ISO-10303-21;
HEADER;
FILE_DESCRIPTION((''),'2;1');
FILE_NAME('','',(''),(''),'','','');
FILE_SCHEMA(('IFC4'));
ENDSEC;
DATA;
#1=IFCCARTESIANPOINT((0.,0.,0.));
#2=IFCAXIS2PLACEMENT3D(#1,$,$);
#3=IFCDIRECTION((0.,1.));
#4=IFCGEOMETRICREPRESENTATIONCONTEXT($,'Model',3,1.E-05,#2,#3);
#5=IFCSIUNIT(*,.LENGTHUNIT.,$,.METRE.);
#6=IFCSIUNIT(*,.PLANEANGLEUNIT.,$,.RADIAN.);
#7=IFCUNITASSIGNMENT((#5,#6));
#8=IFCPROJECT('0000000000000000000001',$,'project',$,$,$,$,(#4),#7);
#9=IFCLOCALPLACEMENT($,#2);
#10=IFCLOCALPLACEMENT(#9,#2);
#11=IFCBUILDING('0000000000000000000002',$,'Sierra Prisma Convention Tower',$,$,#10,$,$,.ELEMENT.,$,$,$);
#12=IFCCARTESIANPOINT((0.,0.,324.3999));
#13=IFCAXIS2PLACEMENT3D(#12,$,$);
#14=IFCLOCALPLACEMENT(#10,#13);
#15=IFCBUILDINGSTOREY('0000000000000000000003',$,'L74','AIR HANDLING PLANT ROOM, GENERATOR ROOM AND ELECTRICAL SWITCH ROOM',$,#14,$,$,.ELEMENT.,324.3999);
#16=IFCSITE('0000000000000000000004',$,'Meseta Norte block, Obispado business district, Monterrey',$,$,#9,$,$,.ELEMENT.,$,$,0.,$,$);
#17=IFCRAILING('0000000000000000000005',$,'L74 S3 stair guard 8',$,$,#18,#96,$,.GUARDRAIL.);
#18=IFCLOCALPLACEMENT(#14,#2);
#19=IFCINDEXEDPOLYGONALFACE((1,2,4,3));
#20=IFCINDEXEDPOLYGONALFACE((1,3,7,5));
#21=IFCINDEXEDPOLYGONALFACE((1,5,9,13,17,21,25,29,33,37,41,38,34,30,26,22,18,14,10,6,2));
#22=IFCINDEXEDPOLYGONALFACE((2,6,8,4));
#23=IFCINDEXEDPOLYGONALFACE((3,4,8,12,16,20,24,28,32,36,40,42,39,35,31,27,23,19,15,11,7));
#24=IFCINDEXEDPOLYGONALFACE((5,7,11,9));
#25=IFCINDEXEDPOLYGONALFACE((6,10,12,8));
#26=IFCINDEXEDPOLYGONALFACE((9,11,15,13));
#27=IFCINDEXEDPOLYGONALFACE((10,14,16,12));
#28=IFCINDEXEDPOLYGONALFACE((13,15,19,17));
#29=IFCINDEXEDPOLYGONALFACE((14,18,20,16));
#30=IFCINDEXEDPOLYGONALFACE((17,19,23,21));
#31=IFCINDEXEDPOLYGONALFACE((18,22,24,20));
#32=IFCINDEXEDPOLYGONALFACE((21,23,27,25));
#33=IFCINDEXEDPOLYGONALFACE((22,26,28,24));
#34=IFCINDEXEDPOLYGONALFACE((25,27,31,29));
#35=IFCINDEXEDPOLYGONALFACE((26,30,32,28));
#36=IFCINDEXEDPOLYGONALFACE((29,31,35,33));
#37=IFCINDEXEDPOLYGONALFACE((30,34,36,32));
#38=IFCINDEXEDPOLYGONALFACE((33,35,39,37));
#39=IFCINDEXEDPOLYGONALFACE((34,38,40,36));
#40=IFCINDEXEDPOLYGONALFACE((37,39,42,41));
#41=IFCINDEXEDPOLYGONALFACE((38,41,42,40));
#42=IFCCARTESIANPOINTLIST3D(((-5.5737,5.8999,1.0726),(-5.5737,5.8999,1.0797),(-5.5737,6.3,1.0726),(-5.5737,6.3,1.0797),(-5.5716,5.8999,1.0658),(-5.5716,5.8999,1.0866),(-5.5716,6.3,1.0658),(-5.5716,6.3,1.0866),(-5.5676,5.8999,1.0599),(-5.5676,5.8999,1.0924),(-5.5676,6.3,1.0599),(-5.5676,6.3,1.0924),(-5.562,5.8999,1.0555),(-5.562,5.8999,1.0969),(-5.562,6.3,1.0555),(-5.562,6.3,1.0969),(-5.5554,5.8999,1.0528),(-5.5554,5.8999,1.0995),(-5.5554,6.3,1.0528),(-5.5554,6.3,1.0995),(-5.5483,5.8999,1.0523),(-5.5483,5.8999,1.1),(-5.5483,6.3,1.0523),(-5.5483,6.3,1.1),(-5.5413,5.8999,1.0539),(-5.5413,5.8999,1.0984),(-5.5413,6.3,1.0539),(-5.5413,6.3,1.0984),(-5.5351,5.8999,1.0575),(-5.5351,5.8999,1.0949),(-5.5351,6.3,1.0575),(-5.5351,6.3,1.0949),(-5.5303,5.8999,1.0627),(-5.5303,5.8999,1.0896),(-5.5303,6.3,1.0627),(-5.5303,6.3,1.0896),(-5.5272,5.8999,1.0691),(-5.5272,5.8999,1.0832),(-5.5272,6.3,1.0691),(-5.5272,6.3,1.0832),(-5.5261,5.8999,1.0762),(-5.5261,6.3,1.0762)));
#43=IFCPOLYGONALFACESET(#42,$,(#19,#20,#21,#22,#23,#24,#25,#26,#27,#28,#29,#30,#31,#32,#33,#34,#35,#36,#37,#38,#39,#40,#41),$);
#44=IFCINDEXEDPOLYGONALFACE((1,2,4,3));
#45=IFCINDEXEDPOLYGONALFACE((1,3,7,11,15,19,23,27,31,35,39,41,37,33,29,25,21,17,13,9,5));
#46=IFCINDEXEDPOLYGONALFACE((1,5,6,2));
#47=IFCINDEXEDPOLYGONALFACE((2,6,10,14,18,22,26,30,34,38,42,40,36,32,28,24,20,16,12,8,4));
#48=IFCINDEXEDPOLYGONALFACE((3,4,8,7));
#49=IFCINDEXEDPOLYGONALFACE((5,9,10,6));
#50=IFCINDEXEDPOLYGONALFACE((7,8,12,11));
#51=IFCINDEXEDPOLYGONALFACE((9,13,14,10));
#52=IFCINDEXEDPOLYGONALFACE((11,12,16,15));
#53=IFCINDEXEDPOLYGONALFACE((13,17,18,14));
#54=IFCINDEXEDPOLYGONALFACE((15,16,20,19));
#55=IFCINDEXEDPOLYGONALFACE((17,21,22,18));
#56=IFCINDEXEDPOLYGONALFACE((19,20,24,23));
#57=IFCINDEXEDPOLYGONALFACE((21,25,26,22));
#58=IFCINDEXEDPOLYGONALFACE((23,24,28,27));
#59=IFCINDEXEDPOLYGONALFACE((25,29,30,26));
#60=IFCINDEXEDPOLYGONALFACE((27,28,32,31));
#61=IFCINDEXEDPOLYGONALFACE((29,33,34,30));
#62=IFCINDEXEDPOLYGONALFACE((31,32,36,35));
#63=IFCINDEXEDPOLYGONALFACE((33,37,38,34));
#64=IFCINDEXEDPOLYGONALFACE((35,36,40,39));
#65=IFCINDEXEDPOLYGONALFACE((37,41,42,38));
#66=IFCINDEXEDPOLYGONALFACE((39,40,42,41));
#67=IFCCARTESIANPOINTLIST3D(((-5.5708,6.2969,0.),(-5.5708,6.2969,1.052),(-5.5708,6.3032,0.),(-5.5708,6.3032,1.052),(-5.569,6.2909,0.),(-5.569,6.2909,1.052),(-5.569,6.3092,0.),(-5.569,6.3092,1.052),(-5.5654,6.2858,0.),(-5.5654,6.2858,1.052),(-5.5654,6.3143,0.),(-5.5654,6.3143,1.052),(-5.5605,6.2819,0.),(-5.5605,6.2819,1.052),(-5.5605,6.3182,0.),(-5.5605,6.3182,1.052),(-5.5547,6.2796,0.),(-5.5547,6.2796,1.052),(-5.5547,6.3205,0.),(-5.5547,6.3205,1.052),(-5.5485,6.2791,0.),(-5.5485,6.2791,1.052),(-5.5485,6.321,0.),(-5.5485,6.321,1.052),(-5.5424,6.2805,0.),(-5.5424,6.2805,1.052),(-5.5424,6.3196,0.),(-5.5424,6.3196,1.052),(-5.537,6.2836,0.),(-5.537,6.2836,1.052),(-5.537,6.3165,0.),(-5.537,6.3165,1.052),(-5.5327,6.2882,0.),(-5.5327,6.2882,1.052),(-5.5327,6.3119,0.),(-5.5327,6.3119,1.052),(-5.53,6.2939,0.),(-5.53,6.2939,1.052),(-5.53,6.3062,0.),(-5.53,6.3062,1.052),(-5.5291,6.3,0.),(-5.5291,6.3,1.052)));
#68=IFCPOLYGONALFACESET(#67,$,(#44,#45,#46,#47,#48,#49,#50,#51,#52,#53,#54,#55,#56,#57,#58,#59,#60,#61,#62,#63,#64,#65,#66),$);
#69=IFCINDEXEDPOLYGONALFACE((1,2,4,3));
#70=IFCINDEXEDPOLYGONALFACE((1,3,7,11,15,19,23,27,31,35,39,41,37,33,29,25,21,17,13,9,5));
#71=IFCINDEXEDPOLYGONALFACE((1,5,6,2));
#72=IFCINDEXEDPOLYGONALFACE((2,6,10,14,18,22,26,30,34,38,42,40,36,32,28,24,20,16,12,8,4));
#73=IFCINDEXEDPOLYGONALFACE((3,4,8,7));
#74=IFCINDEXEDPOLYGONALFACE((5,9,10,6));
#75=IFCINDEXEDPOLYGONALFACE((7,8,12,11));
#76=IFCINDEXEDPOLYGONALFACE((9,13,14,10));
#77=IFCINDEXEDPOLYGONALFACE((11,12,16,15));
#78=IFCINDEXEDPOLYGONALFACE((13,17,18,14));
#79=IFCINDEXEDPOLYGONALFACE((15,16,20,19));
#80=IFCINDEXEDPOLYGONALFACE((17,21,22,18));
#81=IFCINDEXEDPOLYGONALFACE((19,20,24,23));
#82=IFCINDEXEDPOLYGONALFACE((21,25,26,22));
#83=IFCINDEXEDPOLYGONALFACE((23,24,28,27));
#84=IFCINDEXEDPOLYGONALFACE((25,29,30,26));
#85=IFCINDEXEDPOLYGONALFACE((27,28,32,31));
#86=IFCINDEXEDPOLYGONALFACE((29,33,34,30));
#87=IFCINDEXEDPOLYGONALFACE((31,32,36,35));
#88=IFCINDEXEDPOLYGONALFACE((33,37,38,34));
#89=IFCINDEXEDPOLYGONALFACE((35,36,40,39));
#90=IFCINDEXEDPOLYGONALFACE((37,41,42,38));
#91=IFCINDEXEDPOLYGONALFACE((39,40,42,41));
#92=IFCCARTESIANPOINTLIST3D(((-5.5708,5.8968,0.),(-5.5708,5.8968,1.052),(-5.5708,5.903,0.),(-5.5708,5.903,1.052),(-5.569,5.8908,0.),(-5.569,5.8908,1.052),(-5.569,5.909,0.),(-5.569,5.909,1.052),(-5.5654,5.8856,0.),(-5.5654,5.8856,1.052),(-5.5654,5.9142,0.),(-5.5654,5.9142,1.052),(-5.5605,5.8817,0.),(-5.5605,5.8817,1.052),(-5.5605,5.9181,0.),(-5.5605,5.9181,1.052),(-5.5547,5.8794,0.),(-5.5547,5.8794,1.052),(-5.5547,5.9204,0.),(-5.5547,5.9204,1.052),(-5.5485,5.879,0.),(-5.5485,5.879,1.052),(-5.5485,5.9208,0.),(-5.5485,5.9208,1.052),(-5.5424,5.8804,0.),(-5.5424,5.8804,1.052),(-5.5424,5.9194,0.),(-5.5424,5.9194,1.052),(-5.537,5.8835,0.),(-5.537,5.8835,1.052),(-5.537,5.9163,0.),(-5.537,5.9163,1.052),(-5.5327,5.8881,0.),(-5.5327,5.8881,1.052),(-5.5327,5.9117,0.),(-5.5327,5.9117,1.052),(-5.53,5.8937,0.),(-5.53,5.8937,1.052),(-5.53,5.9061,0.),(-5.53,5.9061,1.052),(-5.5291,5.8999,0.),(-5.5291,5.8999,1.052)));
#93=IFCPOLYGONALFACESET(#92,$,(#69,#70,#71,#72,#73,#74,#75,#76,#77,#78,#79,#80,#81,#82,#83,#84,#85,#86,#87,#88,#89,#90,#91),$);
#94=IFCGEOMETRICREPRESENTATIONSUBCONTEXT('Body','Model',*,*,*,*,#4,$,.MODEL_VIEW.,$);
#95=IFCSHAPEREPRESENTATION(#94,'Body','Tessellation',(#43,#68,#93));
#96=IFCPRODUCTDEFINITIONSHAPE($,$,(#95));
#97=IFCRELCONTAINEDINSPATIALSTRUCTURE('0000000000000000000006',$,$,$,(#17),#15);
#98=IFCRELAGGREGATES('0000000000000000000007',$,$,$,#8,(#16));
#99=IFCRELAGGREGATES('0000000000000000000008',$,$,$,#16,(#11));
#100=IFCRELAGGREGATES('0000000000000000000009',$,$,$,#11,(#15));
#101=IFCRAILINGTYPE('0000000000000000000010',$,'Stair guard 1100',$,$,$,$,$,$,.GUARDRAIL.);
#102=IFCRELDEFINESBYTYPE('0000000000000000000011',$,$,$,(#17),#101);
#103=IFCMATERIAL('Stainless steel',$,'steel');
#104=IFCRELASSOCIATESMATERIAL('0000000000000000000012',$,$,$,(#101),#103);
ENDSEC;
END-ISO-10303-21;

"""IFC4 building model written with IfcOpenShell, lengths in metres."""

from ifc_helpers import new_model, si_unit, direction, frame, origin, origin_2d, place, context, subcontext, project, spatial, circle, extrude, material, type_object, element, save


model = new_model("IFC4")

# Units and contexts
model_context = context("Model", 3, precision=1e-05, world=origin(), true_north=direction((0.0, 1.0)))
body_context = subcontext(model_context, "Body", "Model", "MODEL_VIEW")
ifc_project = project(units=[si_unit("LENGTHUNIT", "METRE"), si_unit("PLANEANGLEUNIT", "RADIAN")], contexts=[model_context])

# Site, building, storey
site_placement = place(None, origin())
site = spatial("IfcSite", under=ifc_project, at=site_placement, Name="Meseta Norte block, Obispado business district, Monterrey", CompositionType="ELEMENT", RefElevation=0.0)
building_placement = place(site_placement, origin())
building = spatial("IfcBuilding", under=site, at=building_placement, Name="Sierra Prisma Convention Tower", CompositionType="ELEMENT")
storey_placement = place(building_placement, frame((0.0, 0.0, 324.3999)))
storey = spatial("IfcBuildingStorey", under=building, at=storey_placement, Name="L74", Description="AIR HANDLING PLANT ROOM, GENERATOR ROOM AND ELECTRICAL SWITCH ROOM", CompositionType="ELEMENT", Elevation=324.3999)

# Railing
ifc_material_1 = material(Name="Stainless steel", Category="steel")
railing_type_1 = type_object("IfcRailingType", Name="Stair guard 1100", PredefinedType="GUARDRAIL", material=ifc_material_1)
railing_1_placement = place(storey_placement, frame((-5.55, 6.3, 0.0)))
element("IfcRailing", 1, at=railing_1_placement, inside=storey, type_object=railing_type_1, Name="L74 S3 stair guard 8", PredefinedType="GUARDRAIL", context=body_context, shape_type="SweptSolid", body=[
    extrude(circle(Radius=0.0239, at=origin_2d()), frame((0.0, 0.0, 1.0762), z_axis=(0.0, -1.0, 0.0), x_axis=(1.0, 0.0, 0.0)), (0.0, 0.0, 1.0), 0.4001),
    extrude(circle(Radius=0.021, at=origin_2d()), origin(), (0.0, 0.0, 1.0), 1.052),
    extrude(circle(Radius=0.021, at=origin_2d()), frame((0.0, -0.4001, 0.0)), (0.0, 0.0, 1.0), 1.052),
])

save(model, "model.ifc")
